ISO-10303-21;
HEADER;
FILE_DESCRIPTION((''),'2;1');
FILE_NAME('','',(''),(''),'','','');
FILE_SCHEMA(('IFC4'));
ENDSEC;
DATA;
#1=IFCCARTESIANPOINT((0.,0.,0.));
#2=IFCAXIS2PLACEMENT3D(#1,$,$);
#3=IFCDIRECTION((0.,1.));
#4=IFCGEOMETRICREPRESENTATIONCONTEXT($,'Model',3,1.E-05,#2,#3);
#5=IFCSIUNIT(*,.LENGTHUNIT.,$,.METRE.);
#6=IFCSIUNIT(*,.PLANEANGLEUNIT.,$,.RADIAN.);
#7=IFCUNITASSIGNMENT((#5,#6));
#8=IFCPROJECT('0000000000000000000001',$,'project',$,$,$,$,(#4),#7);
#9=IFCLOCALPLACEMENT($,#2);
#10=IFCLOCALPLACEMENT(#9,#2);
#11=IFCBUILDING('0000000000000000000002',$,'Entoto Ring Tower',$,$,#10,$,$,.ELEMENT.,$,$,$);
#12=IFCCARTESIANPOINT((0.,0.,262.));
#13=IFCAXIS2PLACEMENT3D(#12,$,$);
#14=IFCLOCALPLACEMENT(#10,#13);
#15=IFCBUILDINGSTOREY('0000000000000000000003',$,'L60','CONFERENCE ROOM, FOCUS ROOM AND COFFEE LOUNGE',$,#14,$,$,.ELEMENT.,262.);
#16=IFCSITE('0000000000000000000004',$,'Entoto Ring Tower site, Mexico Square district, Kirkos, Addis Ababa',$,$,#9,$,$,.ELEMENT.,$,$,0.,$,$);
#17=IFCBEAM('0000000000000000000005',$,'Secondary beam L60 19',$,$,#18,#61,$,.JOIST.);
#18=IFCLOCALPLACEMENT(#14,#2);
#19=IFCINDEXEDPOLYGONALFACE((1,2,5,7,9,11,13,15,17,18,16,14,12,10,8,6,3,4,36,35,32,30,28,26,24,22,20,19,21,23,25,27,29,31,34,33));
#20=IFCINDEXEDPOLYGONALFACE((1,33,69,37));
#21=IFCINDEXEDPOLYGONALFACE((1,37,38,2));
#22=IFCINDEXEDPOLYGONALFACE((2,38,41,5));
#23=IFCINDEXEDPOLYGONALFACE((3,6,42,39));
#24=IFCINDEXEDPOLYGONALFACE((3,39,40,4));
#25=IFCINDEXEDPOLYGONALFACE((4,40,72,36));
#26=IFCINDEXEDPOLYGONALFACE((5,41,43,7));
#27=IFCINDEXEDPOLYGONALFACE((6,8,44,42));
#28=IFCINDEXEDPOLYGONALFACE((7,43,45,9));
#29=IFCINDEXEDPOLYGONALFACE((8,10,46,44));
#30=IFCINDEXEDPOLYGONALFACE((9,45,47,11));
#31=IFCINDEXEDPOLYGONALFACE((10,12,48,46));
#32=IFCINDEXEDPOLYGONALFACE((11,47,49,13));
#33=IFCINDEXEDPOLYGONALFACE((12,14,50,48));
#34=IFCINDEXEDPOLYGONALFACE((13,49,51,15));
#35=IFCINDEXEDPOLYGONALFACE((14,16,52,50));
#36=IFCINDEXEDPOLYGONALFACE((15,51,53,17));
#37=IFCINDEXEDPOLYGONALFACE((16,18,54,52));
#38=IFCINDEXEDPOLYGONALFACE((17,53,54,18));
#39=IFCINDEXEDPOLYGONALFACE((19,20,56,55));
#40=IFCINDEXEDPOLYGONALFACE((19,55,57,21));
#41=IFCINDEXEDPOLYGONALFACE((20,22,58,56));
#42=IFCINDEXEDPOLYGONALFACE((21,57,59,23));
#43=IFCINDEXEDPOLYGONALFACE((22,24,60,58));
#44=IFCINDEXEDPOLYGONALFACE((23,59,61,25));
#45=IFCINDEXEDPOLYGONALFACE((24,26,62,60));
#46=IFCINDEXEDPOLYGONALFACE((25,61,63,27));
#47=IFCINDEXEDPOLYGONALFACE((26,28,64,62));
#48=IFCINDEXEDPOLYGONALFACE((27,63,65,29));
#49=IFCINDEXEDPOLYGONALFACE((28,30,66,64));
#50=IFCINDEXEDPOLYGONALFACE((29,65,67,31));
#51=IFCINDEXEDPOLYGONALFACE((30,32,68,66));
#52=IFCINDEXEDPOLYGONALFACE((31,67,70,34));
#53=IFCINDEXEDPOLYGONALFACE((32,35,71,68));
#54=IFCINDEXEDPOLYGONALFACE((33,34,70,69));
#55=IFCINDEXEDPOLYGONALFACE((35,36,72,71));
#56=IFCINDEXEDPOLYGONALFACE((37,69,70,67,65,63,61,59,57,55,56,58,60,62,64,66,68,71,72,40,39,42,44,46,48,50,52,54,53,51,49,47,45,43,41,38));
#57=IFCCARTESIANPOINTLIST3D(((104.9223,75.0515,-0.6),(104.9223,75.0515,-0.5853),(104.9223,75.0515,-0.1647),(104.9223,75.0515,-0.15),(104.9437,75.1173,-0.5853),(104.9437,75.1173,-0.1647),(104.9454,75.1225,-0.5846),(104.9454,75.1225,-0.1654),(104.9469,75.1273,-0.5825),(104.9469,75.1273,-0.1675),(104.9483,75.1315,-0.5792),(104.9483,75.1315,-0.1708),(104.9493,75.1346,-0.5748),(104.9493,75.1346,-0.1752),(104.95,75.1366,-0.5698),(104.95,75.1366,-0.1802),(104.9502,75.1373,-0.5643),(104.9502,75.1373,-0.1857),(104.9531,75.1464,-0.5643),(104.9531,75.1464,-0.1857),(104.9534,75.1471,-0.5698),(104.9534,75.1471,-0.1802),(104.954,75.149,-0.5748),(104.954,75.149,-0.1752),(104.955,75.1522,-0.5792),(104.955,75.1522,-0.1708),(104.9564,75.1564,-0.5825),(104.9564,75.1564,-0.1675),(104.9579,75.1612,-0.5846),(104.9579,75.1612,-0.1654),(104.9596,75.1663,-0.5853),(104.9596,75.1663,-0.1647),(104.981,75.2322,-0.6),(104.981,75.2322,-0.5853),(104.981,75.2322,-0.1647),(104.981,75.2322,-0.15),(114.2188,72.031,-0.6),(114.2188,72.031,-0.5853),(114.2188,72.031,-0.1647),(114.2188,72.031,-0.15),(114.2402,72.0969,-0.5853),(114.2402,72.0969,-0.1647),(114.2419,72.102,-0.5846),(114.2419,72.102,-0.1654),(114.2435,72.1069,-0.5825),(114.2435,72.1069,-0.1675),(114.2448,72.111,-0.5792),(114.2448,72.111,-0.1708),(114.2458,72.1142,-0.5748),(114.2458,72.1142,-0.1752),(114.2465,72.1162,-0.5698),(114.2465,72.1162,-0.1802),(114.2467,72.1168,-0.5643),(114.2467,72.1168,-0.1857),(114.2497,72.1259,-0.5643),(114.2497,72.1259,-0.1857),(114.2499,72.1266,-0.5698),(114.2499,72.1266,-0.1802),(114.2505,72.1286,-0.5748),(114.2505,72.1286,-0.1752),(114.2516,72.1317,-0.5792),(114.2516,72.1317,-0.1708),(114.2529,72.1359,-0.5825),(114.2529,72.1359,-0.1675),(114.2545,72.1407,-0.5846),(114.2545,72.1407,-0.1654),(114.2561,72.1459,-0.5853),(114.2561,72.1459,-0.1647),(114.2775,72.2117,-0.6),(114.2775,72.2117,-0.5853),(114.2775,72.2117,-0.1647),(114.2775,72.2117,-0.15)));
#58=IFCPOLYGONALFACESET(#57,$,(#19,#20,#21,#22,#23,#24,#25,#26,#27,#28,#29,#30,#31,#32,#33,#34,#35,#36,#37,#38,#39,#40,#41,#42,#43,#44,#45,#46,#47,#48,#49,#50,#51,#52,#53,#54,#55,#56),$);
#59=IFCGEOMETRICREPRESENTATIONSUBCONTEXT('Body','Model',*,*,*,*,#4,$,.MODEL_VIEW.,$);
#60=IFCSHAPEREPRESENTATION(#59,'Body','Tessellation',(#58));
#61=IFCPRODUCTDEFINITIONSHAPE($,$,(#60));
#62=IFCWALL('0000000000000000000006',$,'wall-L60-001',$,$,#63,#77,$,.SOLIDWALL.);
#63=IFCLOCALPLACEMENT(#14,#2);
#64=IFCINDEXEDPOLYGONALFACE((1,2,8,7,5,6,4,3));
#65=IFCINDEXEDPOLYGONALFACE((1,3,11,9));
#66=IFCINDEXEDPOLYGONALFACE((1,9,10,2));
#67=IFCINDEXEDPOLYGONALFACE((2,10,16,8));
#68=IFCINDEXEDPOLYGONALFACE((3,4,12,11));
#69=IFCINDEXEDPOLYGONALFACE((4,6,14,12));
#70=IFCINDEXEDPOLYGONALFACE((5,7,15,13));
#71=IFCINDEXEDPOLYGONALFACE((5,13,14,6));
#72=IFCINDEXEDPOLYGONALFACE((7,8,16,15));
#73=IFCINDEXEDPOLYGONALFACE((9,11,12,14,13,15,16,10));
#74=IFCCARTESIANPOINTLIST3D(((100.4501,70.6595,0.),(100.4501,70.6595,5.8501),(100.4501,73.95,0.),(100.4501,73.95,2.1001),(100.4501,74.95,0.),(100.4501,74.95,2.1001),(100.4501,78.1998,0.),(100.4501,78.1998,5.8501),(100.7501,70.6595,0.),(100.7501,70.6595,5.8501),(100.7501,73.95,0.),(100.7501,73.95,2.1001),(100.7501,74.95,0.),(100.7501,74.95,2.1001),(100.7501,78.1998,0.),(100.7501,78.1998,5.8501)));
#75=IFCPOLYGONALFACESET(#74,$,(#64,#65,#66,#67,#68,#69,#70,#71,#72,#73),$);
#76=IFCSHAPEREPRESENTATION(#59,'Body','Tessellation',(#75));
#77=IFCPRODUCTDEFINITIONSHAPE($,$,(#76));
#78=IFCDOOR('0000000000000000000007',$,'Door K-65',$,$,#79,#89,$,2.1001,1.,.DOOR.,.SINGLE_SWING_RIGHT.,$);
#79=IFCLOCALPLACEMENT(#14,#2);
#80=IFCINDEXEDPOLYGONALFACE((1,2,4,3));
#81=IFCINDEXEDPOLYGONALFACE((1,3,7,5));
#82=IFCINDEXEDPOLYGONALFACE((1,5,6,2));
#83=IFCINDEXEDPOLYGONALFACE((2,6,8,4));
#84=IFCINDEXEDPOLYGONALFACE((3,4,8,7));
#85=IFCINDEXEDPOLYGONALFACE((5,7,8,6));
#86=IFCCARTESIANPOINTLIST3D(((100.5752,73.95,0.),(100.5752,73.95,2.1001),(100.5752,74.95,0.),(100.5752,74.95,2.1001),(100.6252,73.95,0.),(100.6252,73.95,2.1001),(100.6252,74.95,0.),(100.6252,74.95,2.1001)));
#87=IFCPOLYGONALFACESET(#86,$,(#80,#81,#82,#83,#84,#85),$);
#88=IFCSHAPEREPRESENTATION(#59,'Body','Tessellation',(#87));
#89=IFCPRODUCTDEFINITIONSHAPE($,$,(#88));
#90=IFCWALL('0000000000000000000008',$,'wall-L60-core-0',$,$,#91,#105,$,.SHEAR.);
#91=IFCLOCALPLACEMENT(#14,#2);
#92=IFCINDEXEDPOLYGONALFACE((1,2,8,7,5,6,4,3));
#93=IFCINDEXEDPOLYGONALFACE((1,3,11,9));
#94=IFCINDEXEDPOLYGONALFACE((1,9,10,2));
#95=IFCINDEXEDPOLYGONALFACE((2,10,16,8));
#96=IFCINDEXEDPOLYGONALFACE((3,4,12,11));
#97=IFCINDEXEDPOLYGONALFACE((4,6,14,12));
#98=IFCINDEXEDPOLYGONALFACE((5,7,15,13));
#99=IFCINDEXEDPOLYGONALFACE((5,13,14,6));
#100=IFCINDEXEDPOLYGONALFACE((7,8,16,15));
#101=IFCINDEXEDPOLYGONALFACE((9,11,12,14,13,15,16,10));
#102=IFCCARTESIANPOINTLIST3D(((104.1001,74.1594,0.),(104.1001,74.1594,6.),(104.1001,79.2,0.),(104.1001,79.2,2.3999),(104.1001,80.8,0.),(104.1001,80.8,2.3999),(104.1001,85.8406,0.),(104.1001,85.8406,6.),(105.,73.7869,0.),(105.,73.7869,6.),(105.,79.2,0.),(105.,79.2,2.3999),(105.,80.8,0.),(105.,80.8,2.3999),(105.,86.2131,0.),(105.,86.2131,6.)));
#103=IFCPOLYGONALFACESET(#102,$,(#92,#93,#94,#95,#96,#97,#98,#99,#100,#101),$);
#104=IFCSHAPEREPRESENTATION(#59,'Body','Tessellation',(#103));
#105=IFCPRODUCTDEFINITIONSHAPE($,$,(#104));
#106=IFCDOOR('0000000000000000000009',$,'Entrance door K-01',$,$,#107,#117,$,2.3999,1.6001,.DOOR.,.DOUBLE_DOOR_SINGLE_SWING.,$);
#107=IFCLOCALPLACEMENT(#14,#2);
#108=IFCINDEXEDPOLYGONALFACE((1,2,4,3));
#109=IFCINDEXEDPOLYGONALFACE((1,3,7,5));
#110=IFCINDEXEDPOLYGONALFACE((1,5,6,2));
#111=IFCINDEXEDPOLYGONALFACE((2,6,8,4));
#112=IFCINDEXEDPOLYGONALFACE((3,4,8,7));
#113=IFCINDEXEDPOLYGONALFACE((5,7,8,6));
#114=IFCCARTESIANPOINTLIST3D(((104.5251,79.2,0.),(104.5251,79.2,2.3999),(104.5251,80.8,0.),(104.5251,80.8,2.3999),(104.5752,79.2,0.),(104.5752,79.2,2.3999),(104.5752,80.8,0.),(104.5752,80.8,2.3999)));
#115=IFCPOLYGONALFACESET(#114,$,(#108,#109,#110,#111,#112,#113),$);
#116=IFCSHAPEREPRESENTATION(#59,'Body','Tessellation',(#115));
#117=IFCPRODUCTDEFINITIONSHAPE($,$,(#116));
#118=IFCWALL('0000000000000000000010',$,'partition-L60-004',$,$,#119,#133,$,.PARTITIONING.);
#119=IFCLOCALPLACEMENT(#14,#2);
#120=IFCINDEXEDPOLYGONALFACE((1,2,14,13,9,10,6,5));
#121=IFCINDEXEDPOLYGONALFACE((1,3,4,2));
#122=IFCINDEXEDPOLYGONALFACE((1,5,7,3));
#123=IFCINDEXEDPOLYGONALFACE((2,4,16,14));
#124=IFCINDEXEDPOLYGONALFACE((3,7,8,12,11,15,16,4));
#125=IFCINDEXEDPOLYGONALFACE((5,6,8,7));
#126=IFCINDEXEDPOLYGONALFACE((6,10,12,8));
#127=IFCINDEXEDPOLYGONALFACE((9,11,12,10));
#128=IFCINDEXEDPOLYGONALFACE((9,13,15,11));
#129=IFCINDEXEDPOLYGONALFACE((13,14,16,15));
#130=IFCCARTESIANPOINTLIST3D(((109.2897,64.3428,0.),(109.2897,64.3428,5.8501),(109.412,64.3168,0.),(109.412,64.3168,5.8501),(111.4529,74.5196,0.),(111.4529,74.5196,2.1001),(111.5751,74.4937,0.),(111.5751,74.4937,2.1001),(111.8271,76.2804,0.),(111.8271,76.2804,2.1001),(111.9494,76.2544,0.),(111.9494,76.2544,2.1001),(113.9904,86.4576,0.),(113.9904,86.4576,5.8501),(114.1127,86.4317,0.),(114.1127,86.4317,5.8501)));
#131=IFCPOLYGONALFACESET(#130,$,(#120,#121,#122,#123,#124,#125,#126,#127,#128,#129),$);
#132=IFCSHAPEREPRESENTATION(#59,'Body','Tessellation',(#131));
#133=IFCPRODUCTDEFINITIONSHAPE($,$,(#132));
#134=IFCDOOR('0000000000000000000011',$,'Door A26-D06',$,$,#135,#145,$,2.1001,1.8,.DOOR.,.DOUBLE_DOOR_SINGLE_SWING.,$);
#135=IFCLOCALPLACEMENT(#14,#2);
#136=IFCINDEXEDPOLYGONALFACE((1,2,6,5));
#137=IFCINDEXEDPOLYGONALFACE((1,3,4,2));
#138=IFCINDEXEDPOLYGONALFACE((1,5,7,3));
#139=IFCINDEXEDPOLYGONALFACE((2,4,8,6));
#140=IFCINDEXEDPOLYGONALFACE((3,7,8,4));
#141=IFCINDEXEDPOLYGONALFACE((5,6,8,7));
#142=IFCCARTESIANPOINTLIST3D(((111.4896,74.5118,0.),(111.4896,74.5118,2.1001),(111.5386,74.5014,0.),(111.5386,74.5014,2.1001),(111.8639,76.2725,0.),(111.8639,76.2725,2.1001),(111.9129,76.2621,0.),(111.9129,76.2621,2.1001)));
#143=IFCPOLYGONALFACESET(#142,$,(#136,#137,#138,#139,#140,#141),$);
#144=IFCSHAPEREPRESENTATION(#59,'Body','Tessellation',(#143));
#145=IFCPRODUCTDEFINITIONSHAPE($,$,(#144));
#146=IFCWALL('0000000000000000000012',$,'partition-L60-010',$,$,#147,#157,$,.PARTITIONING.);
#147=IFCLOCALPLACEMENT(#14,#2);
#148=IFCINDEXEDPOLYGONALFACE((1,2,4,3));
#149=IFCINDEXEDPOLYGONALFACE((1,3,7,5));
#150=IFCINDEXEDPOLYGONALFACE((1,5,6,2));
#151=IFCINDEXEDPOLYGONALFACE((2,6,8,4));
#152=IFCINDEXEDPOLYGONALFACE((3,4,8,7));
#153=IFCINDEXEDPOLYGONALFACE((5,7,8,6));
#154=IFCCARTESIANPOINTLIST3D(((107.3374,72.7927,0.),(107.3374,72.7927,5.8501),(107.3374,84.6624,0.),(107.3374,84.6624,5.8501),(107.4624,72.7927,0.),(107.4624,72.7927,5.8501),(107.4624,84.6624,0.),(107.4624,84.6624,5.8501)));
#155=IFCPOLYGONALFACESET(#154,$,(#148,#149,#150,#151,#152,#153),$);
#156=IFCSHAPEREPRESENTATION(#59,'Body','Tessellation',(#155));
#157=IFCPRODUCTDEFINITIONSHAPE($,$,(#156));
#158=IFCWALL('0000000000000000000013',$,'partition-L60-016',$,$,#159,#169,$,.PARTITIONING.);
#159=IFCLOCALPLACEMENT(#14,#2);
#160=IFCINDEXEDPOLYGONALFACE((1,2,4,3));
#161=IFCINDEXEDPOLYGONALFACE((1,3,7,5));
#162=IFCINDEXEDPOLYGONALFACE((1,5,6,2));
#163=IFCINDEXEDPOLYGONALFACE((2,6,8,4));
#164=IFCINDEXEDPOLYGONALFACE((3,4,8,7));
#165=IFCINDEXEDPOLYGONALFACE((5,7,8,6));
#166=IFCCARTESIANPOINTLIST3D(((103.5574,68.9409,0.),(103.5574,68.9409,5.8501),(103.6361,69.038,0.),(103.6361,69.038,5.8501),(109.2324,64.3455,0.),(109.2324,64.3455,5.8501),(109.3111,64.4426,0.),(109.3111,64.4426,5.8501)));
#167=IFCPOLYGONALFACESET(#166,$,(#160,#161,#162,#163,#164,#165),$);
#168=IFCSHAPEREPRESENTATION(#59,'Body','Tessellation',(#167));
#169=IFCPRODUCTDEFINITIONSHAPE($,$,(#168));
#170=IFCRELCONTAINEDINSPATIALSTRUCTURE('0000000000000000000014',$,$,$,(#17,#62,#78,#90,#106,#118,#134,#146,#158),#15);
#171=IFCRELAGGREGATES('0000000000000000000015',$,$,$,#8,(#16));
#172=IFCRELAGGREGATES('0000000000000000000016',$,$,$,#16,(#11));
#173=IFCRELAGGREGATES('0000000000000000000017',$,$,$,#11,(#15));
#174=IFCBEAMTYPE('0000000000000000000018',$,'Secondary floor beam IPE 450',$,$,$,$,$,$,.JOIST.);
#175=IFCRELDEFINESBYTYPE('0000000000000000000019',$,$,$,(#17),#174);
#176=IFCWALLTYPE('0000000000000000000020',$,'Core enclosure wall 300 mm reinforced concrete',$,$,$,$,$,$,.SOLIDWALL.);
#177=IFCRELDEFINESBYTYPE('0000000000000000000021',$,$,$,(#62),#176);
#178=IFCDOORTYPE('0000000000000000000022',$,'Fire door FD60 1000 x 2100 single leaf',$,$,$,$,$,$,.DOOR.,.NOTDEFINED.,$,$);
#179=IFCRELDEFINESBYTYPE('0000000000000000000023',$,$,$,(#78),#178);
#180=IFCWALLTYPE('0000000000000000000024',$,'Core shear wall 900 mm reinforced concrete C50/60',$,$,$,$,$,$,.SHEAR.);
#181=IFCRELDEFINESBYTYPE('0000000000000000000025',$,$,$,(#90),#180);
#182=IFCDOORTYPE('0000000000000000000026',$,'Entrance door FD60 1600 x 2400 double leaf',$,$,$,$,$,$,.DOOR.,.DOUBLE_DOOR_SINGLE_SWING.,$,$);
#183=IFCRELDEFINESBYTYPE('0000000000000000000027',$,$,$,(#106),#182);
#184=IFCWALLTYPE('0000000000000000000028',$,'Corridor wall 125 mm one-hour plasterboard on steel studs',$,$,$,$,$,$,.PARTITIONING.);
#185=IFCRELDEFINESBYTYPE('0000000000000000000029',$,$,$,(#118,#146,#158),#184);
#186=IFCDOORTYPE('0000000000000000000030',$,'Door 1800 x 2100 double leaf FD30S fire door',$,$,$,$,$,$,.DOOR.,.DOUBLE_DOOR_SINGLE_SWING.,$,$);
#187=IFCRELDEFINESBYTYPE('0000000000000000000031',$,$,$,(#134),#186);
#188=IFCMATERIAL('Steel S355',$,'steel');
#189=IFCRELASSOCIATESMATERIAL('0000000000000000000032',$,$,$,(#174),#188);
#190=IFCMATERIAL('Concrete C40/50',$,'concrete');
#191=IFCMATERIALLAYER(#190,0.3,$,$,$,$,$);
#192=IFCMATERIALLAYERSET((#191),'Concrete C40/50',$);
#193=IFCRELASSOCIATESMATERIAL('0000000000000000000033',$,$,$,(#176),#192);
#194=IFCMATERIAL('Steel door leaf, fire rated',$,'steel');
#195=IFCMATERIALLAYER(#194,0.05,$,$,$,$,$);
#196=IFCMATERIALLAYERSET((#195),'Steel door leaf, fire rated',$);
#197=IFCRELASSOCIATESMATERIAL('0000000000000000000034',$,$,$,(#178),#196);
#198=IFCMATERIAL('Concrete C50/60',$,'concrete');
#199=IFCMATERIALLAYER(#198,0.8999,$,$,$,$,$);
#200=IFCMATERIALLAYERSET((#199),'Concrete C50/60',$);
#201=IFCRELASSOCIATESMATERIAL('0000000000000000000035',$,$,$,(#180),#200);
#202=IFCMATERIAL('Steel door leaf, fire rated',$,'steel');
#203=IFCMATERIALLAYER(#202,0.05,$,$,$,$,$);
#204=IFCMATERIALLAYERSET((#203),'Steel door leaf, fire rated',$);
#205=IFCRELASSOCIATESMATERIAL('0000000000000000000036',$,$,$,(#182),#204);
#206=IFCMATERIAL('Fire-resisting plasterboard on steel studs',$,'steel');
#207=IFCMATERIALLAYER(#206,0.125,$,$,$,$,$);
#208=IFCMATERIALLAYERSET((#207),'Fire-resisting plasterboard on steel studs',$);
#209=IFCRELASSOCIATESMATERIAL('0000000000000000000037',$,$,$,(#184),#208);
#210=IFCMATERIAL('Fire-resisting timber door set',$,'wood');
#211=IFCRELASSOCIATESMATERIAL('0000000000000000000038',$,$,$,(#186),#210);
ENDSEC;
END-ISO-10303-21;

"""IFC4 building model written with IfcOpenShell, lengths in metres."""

from ifc_helpers import new_model, si_unit, direction, frame, frame_2d, origin, origin_2d, place, context, subcontext, project, spatial, polyline, rectangle, i_section, outline, extrude, material, layer, layer_set, material_profile, profile_set, type_object, element, fill, save


model = new_model("IFC4")

# Units and contexts
model_context = context("Model", 3, precision=1e-05, world=origin(), true_north=direction((0.0, 1.0)))
body_context = subcontext(model_context, "Body", "Model", "MODEL_VIEW")
ifc_project = project(units=[si_unit("LENGTHUNIT", "METRE"), si_unit("PLANEANGLEUNIT", "RADIAN")], contexts=[model_context])

# Site, building, storey
site_placement = place(None, origin())
site = spatial("IfcSite", under=ifc_project, at=site_placement, Name="Entoto Ring Tower site, Mexico Square district, Kirkos, Addis Ababa", CompositionType="ELEMENT", RefElevation=0.0)
building_placement = place(site_placement, origin())
building = spatial("IfcBuilding", under=site, at=building_placement, Name="Entoto Ring Tower", CompositionType="ELEMENT")
storey_placement = place(building_placement, frame((0.0, 0.0, 262.0)))
storey = spatial("IfcBuildingStorey", under=building, at=storey_placement, Name="L60", Description="CONFERENCE ROOM, FOCUS ROOM AND COFFEE LOUNGE", CompositionType="ELEMENT", Elevation=262.0)

# Beam
ifc_material_1 = material(Name="Steel S355", Category="steel")
ifc_material_profile_1 = material_profile(ifc_material_1, i_section(OverallWidth=0.1899, OverallDepth=0.45, WebThickness=0.0095, FlangeThickness=0.0146, FilletRadius=0.021, at=origin_2d()), Name="IPE 450")
ifc_profile_set_1 = profile_set([ifc_material_profile_1], Name="Steel S355")
beam_type_1 = type_object("IfcBeamType", Name="Secondary floor beam IPE 450", PredefinedType="JOIST", material=ifc_profile_set_1)
beam_1_placement = place(storey_placement, frame((104.9517, 75.1418, -0.375), z_axis=(0.951061, -0.309003, 0.0), x_axis=(0.309003, 0.951061, 0.0)))
element("IfcBeam", 1, at=beam_1_placement, inside=storey, type_object=beam_type_1, Name="Secondary beam L60 19", PredefinedType="JOIST", context=body_context, shape_type="SweptSolid", body=[
    extrude(i_section(OverallWidth=0.1899, OverallDepth=0.45, WebThickness=0.0095, FlangeThickness=0.0146, FilletRadius=0.021, at=origin_2d()), origin(), (0.0, 0.0, 1.0), 9.7749),
])

# Walls, openings, doors
ifc_material_2 = material(Name="Concrete C40/50", Category="concrete")
ifc_layer_1 = layer(ifc_material_2, 0.3)
ifc_layer_set_1 = layer_set([ifc_layer_1], Name="Concrete C40/50")
wall_type_1 = type_object("IfcWallType", Name="Core enclosure wall 300 mm reinforced concrete", PredefinedType="SOLIDWALL", material=ifc_layer_set_1)
wall_1_placement = place(storey_placement, frame((100.6001, 70.6597, 0.0), z_axis=(0.0, 0.0, 1.0), x_axis=(0.0, 1.0, 0.0)))
wall_1 = element("IfcWall", 2, at=wall_1_placement, inside=storey, type_object=wall_type_1, Name="wall-L60-001", PredefinedType="SOLIDWALL", context=body_context, shape_type="SweptSolid", body=[
    extrude(rectangle(XDim=7.5403, YDim=0.3, at=frame_2d((3.77, 0.0))), origin(), (0.0, 0.0, 1.0), 5.8501),
])
opening_1_placement = place(wall_1_placement, frame((3.2903, 0.0, 0.0)))
opening_1 = element("IfcOpeningElement", 3, at=opening_1_placement, cuts=wall_1, PredefinedType="OPENING", context=body_context, shape_type="SweptSolid", body=[
    extrude(rectangle(XDim=1.0, YDim=2.1001, at=frame_2d((0.5, 1.05))), frame((0.0, 0.1602, 0.0), z_axis=(0.0, -1.0, 0.0), x_axis=(1.0, 0.0, 0.0)), (0.0, 0.0, 1.0), 0.3201),
])
ifc_material_3 = material(Name="Steel door leaf, fire rated", Category="steel")
ifc_layer_2 = layer(ifc_material_3, 0.05)
ifc_layer_set_2 = layer_set([ifc_layer_2], Name="Steel door leaf, fire rated")
door_type_1 = type_object("IfcDoorType", Name="Fire door FD60 1000 x 2100 single leaf", OperationType="NOTDEFINED", PredefinedType="DOOR", material=ifc_layer_set_2)
door_1_placement = place(opening_1_placement, origin())
door_1 = element("IfcDoor", 4, at=door_1_placement, inside=storey, type_object=door_type_1, Name="Door K-65", OperationType="SINGLE_SWING_RIGHT", OverallHeight=2.1001, OverallWidth=1.0, PredefinedType="DOOR", context=body_context, shape_type="SweptSolid", body=[
    extrude(rectangle(XDim=1.0, YDim=2.1001, at=frame_2d((0.5, 1.05))), frame((0.0, 0.0249, 0.0), z_axis=(0.0, -1.0, 0.0), x_axis=(1.0, 0.0, 0.0)), (0.0, 0.0, 1.0), 0.05),
])
fill(opening_1, door_1)
ifc_material_4 = material(Name="Concrete C50/60", Category="concrete")
ifc_layer_3 = layer(ifc_material_4, 0.8999)
ifc_layer_set_3 = layer_set([ifc_layer_3], Name="Concrete C50/60")
wall_type_2 = type_object("IfcWallType", Name="Core shear wall 900 mm reinforced concrete C50/60", PredefinedType="SHEAR", material=ifc_layer_set_3)
wall_2_placement = place(storey_placement, frame((104.55, 73.9731, 0.0), z_axis=(0.0, 0.0, 1.0), x_axis=(0.0, 1.0, 0.0)))
wall_2 = element("IfcWall", 5, at=wall_2_placement, inside=storey, type_object=wall_type_2, Name="wall-L60-core-0", PredefinedType="SHEAR", context=body_context, shape_type="SweptSolid", body=[
    extrude(outline(polyline([(-0.1863, -0.45), (12.24, -0.45), (11.8674, 0.45), (0.1863, 0.45), (-0.1863, -0.45)])), origin(), (0.0, 0.0, 1.0), 6.0),
])
opening_2_placement = place(wall_2_placement, frame((5.2268, 0.0, 0.0)))
opening_2 = element("IfcOpeningElement", 6, at=opening_2_placement, cuts=wall_2, PredefinedType="OPENING", context=body_context, shape_type="SweptSolid", body=[
    extrude(rectangle(XDim=1.6001, YDim=2.3999, at=frame_2d((0.8, 1.2))), frame((0.0, 0.46, 0.0), z_axis=(0.0, -1.0, 0.0), x_axis=(1.0, 0.0, 0.0)), (0.0, 0.0, 1.0), 0.9199),
])
ifc_material_5 = material(Name="Steel door leaf, fire rated", Category="steel")
ifc_layer_4 = layer(ifc_material_5, 0.05)
ifc_layer_set_4 = layer_set([ifc_layer_4], Name="Steel door leaf, fire rated")
door_type_2 = type_object("IfcDoorType", Name="Entrance door FD60 1600 x 2400 double leaf", OperationType="DOUBLE_DOOR_SINGLE_SWING", PredefinedType="DOOR", material=ifc_layer_set_4)
door_2_placement = place(opening_2_placement, origin())
door_2 = element("IfcDoor", 7, at=door_2_placement, inside=storey, type_object=door_type_2, Name="Entrance door K-01", OperationType="DOUBLE_DOOR_SINGLE_SWING", OverallHeight=2.3999, OverallWidth=1.6001, PredefinedType="DOOR", context=body_context, shape_type="SweptSolid", body=[
    extrude(rectangle(XDim=1.6001, YDim=2.3999, at=frame_2d((0.8, 1.2))), frame((0.0, 0.0249, 0.0), z_axis=(0.0, -1.0, 0.0), x_axis=(1.0, 0.0, 0.0)), (0.0, 0.0, 1.0), 0.05),
])
fill(opening_2, door_2)
ifc_material_6 = material(Name="Fire-resisting plasterboard on steel studs", Category="steel")
ifc_layer_5 = layer(ifc_material_6, 0.125)
ifc_layer_set_5 = layer_set([ifc_layer_5], Name="Fire-resisting plasterboard on steel studs")
wall_type_3 = type_object("IfcWallType", Name="Corridor wall 125 mm one-hour plasterboard on steel studs", PredefinedType="PARTITIONING", material=ifc_layer_set_5)
wall_3_placement = place(storey_placement, frame((109.3508, 64.3298, 0.0), z_axis=(0.0, 0.0, 1.0), x_axis=(0.207914, 0.978147, 0.0)))
wall_3 = element("IfcWall", 8, at=wall_3_placement, inside=storey, type_object=wall_type_3, Name="partition-L60-004", PredefinedType="PARTITIONING", context=body_context, shape_type="SweptSolid", body=[
    extrude(rectangle(XDim=22.6089, YDim=0.125, at=frame_2d((11.3044, 0.0))), origin(), (0.0, 0.0, 1.0), 5.8501),
])
opening_3_placement = place(wall_3_placement, frame((10.4043, 0.0, 0.0)))
opening_3 = element("IfcOpeningElement", 9, at=opening_3_placement, cuts=wall_3, PredefinedType="OPENING", context=body_context, shape_type="SweptSolid", body=[
    extrude(rectangle(XDim=1.8, YDim=2.1001, at=frame_2d((0.8999, 1.05))), frame((0.0, 0.0725, 0.0), z_axis=(0.0, -1.0, 0.0), x_axis=(1.0, 0.0, 0.0)), (0.0, 0.0, 1.0), 0.145),
])
ifc_material_7 = material(Name="Fire-resisting timber door set", Category="wood")
door_type_3 = type_object("IfcDoorType", Name="Door 1800 x 2100 double leaf FD30S fire door", OperationType="DOUBLE_DOOR_SINGLE_SWING", PredefinedType="DOOR", material=ifc_material_7)
door_3_placement = place(opening_3_placement, origin())
door_3 = element("IfcDoor", 10, at=door_3_placement, inside=storey, type_object=door_type_3, Name="Door A26-D06", OperationType="DOUBLE_DOOR_SINGLE_SWING", OverallHeight=2.1001, OverallWidth=1.8, PredefinedType="DOOR", context=body_context, shape_type="SweptSolid", body=[
    extrude(rectangle(XDim=1.8, YDim=2.1001, at=frame_2d((0.8999, 1.05))), frame((0.0, 0.0249, 0.0), z_axis=(0.0, -1.0, 0.0), x_axis=(1.0, 0.0, 0.0)), (0.0, 0.0, 1.0), 0.05),
])
fill(opening_3, door_3)

# Walls
wall_4_placement = place(storey_placement, frame((107.3999, 72.7927, 0.0), z_axis=(0.0, 0.0, 1.0), x_axis=(0.0, 1.0, 0.0)))
element("IfcWall", 11, at=wall_4_placement, inside=storey, type_object=wall_type_3, Name="partition-L60-010", PredefinedType="PARTITIONING", context=body_context, shape_type="SweptSolid", body=[
    extrude(rectangle(XDim=11.8696, YDim=0.125, at=frame_2d((5.9348, 0.0))), origin(), (0.0, 0.0, 1.0), 5.8501),
])
wall_5_placement = place(storey_placement, frame((109.2717, 64.394, 0.0), z_axis=(0.0, 0.0, 1.0), x_axis=(-0.777153, 0.629312, 0.0)))
element("IfcWall", 12, at=wall_5_placement, inside=storey, type_object=wall_type_3, Name="partition-L60-016", PredefinedType="PARTITIONING", context=body_context, shape_type="SweptSolid", body=[
    extrude(rectangle(XDim=7.3022, YDim=0.125, at=frame_2d((3.6511, 0.0))), origin(), (0.0, 0.0, 1.0), 5.8501),
])

save(model, "model.ifc")
